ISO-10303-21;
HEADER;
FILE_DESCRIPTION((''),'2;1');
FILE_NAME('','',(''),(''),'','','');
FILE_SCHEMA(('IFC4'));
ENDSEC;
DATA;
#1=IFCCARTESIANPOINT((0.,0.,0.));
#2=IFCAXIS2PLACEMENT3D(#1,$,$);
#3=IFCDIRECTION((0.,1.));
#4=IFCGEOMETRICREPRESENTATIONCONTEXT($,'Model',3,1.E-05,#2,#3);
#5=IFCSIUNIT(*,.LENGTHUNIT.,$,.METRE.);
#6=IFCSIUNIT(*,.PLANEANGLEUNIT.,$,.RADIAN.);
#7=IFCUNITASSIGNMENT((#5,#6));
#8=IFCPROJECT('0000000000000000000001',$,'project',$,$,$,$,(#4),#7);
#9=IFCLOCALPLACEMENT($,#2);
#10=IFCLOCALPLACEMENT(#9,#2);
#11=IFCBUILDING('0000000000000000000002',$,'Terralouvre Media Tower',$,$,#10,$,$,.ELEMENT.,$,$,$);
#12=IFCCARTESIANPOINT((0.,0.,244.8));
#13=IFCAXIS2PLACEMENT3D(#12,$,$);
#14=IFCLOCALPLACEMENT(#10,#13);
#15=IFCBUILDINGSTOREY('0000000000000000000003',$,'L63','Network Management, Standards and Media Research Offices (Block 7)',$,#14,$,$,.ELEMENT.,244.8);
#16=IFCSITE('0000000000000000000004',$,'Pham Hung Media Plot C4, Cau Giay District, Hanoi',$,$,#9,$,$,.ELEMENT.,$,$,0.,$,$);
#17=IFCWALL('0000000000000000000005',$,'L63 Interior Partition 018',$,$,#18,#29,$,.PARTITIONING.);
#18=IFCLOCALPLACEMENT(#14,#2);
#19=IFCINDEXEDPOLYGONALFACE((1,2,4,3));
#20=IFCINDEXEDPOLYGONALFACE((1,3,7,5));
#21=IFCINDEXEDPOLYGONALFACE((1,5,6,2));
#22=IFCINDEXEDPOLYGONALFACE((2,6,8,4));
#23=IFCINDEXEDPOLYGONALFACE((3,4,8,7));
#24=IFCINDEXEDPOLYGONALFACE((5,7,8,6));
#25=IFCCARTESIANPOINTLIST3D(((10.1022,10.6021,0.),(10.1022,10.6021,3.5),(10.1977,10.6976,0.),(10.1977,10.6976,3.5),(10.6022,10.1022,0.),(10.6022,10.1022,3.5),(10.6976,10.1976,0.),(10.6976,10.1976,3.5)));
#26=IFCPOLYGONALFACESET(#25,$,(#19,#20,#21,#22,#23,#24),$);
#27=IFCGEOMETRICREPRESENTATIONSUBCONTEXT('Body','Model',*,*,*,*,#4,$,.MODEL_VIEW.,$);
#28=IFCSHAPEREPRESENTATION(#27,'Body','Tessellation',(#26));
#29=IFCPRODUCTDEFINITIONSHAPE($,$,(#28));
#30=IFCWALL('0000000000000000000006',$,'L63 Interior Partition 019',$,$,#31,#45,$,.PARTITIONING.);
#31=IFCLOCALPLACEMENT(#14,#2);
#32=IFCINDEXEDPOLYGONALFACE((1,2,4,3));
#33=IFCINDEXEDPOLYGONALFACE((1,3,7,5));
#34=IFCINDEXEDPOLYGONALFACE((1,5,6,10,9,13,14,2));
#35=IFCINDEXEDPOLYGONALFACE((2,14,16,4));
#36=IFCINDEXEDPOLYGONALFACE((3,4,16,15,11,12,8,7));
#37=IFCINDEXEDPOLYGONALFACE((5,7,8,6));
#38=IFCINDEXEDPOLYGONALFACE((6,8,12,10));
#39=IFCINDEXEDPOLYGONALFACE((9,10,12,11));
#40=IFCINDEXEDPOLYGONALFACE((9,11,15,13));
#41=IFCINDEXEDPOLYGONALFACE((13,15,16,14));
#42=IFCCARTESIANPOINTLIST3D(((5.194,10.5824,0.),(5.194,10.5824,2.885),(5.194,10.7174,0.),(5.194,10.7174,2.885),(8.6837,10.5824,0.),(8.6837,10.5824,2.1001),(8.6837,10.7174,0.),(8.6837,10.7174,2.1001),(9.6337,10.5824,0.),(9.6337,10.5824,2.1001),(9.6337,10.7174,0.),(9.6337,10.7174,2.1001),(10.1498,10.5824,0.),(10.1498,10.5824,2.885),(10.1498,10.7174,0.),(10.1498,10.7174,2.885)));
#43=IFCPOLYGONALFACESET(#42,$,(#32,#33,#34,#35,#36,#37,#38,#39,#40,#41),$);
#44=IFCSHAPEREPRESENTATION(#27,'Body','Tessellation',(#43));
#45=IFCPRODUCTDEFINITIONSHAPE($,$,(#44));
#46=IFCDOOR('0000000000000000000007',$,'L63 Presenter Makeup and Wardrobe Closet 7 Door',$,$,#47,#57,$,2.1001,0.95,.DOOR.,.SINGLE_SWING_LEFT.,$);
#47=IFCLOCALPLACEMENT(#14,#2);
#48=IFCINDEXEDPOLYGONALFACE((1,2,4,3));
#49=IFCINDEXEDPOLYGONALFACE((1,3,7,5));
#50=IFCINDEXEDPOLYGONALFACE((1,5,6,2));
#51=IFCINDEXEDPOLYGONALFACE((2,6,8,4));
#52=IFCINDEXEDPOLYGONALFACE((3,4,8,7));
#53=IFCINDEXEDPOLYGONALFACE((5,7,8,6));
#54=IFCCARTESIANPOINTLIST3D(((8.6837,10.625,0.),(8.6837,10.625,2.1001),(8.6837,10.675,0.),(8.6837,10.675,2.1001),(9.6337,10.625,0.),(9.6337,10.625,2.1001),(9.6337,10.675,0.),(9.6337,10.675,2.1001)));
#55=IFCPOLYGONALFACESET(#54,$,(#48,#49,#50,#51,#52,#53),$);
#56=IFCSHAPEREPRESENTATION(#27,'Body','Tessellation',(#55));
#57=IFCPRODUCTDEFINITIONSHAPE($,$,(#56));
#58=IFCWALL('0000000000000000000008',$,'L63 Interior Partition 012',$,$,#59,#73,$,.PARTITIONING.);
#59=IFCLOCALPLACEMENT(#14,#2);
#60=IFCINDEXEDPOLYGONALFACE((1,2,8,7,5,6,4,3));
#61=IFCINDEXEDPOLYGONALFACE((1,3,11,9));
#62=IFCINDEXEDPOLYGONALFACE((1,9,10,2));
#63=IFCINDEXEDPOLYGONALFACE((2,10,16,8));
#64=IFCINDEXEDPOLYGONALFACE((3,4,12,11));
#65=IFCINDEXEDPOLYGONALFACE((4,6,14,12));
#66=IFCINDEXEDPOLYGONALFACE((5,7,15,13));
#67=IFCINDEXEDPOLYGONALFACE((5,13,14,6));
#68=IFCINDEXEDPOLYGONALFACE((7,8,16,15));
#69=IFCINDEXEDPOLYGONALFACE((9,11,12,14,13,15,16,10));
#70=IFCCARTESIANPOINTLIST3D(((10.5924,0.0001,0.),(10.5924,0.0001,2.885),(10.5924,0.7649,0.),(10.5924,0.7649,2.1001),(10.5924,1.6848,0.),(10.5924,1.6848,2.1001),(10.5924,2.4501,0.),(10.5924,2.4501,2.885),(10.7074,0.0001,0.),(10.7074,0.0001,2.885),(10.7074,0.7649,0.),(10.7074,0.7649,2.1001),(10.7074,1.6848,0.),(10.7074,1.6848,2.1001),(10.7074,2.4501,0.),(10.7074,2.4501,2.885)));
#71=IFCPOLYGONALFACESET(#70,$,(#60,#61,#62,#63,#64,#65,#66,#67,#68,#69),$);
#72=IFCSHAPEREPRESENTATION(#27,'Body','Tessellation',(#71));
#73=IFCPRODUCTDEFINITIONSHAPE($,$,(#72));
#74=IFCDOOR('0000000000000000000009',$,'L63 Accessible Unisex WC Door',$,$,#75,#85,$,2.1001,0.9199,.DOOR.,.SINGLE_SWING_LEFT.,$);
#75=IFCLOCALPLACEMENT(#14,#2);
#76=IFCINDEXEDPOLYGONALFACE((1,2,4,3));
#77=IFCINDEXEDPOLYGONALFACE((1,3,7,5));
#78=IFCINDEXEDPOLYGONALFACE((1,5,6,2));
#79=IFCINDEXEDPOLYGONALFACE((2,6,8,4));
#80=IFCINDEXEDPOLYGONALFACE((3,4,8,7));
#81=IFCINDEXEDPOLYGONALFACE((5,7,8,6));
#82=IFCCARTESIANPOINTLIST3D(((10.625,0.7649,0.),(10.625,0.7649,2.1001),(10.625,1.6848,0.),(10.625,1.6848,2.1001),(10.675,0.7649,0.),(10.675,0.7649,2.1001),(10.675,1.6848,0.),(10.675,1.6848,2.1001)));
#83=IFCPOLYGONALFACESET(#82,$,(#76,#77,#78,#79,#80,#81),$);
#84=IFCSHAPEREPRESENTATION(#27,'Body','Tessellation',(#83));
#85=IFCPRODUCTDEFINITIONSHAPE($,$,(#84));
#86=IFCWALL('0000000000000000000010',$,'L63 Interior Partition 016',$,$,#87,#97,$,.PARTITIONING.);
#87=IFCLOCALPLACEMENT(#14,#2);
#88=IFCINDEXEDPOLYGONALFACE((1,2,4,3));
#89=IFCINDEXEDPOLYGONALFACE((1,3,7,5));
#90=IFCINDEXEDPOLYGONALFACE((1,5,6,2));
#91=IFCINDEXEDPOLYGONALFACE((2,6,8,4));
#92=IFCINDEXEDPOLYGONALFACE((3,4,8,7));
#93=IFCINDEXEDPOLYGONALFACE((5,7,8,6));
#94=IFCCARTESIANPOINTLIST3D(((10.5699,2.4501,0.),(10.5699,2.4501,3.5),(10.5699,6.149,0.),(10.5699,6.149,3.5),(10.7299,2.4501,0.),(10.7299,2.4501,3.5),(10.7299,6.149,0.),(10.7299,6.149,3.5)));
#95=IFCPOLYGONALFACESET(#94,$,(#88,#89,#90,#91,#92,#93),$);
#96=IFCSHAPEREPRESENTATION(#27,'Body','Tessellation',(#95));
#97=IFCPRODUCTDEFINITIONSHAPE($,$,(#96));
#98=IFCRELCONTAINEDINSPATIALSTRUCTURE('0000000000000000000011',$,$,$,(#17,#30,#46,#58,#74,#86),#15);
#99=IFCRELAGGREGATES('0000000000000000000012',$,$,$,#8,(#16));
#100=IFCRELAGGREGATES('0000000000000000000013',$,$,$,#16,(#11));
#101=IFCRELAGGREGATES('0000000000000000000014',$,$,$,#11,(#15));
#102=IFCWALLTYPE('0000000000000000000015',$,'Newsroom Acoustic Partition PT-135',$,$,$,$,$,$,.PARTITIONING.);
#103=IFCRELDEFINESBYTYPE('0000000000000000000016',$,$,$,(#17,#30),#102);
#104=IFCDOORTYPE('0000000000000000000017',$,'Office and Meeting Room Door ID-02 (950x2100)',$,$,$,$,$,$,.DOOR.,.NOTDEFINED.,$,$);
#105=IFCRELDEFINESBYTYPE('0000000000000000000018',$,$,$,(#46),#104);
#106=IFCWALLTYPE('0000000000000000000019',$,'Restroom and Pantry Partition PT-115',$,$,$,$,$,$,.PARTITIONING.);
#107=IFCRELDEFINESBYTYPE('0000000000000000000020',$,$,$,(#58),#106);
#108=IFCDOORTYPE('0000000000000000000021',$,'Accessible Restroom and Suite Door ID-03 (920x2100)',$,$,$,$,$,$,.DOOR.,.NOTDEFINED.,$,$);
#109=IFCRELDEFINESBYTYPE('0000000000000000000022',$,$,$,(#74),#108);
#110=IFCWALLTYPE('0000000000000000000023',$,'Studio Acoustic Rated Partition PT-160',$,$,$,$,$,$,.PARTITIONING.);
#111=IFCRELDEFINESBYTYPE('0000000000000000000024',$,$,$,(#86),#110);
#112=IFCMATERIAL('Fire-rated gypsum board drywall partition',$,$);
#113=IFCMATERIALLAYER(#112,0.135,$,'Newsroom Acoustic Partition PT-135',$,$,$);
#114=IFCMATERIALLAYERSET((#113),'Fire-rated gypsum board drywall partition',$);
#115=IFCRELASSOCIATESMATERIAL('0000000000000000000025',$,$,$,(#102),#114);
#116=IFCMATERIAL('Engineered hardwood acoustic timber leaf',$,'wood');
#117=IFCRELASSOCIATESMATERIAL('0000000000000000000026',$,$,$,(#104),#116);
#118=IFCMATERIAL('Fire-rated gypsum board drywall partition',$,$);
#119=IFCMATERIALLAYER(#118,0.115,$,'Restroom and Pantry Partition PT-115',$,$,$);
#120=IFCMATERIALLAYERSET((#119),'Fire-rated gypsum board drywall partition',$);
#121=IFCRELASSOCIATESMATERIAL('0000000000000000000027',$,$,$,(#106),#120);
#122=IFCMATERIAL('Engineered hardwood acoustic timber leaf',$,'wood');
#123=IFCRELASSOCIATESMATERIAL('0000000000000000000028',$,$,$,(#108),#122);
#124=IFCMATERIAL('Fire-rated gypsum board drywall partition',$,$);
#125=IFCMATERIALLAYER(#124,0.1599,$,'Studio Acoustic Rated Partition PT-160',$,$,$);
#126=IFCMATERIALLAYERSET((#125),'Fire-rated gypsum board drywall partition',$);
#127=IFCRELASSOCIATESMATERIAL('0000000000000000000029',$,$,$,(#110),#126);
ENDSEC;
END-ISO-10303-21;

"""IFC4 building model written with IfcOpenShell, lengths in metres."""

from ifc_helpers import new_model, si_unit, direction, frame, frame_2d, origin, place, context, subcontext, project, spatial, rectangle, extrude, material, layer, layer_set, type_object, element, fill, save


model = new_model("IFC4")

# Units and contexts
model_context = context("Model", 3, precision=1e-05, world=origin(), true_north=direction((0.0, 1.0)))
body_context = subcontext(model_context, "Body", "Model", "MODEL_VIEW")
ifc_project = project(units=[si_unit("LENGTHUNIT", "METRE"), si_unit("PLANEANGLEUNIT", "RADIAN")], contexts=[model_context])

# Site, building, storey
site_placement = place(None, origin())
site = spatial("IfcSite", under=ifc_project, at=site_placement, Name="Pham Hung Media Plot C4, Cau Giay District, Hanoi", CompositionType="ELEMENT", RefElevation=0.0)
building_placement = place(site_placement, origin())
building = spatial("IfcBuilding", under=site, at=building_placement, Name="Terralouvre Media Tower", CompositionType="ELEMENT")
storey_placement = place(building_placement, frame((0.0, 0.0, 244.8)))
storey = spatial("IfcBuildingStorey", under=building, at=storey_placement, Name="L63", Description="Network Management, Standards and Media Research Offices (Block 7)", CompositionType="ELEMENT", Elevation=244.8)

# Wall
ifc_material_1 = material(Name="Fire-rated gypsum board drywall partition")
ifc_layer_1 = layer(ifc_material_1, 0.135, Name="Newsroom Acoustic Partition PT-135")
ifc_layer_set_1 = layer_set([ifc_layer_1], Name="Fire-rated gypsum board drywall partition")
wall_type_1 = type_object("IfcWallType", Name="Newsroom Acoustic Partition PT-135", PredefinedType="PARTITIONING", material=ifc_layer_set_1)
wall_1_placement = place(storey_placement, frame((10.6499, 10.1499, 0.0), z_axis=(0.0, 0.0, 1.0), x_axis=(-0.707107, 0.707107, 0.0)))
element("IfcWall", 1, at=wall_1_placement, inside=storey, type_object=wall_type_1, Name="L63 Interior Partition 018", PredefinedType="PARTITIONING", context=body_context, shape_type="SweptSolid", body=[
    extrude(rectangle(XDim=0.707, YDim=0.135, at=frame_2d((0.3535, 0.0))), origin(), (0.0, 0.0, 1.0), 3.5),
])

# Walls, openings, doors
wall_2_placement = place(storey_placement, frame((10.1499, 10.6499, 0.0), z_axis=(0.0, 0.0, 1.0), x_axis=(-1.0, 0.0, 0.0)))
wall_2 = element("IfcWall", 2, at=wall_2_placement, inside=storey, type_object=wall_type_1, Name="L63 Interior Partition 019", PredefinedType="PARTITIONING", context=body_context, shape_type="SweptSolid", body=[
    extrude(rectangle(XDim=4.9558, YDim=0.135, at=frame_2d((2.478, 0.0))), origin(), (0.0, 0.0, 1.0), 2.885),
])
opening_1_placement = place(wall_2_placement, frame((0.5161, 0.0, 0.0)))
opening_1 = element("IfcOpeningElement", 3, at=opening_1_placement, cuts=wall_2, PredefinedType="OPENING", context=body_context, shape_type="SweptSolid", body=[
    extrude(rectangle(XDim=0.95, YDim=2.1001, at=frame_2d((0.4751, 1.05))), frame((0.0, 0.0774, 0.0), z_axis=(0.0, -1.0, 0.0), x_axis=(1.0, 0.0, 0.0)), (0.0, 0.0, 1.0), 0.155),
])
ifc_material_2 = material(Name="Engineered hardwood acoustic timber leaf", Category="wood")
door_type_1 = type_object("IfcDoorType", Name="Office and Meeting Room Door ID-02 (950x2100)", OperationType="NOTDEFINED", PredefinedType="DOOR", material=ifc_material_2)
door_1_placement = place(opening_1_placement, origin())
door_1 = element("IfcDoor", 4, at=door_1_placement, inside=storey, type_object=door_type_1, Name="L63 Presenter Makeup and Wardrobe Closet 7 Door", OperationType="SINGLE_SWING_LEFT", OverallHeight=2.1001, OverallWidth=0.95, PredefinedType="DOOR", context=body_context, shape_type="SweptSolid", body=[
    extrude(rectangle(XDim=0.95, YDim=2.1001, at=frame_2d((0.4751, 1.05))), frame((0.0, 0.0249, 0.0), z_axis=(0.0, -1.0, 0.0), x_axis=(1.0, 0.0, 0.0)), (0.0, 0.0, 1.0), 0.05),
])
fill(opening_1, door_1)
ifc_material_3 = material(Name="Fire-rated gypsum board drywall partition")
ifc_layer_2 = layer(ifc_material_3, 0.115, Name="Restroom and Pantry Partition PT-115")
ifc_layer_set_2 = layer_set([ifc_layer_2], Name="Fire-rated gypsum board drywall partition")
wall_type_2 = type_object("IfcWallType", Name="Restroom and Pantry Partition PT-115", PredefinedType="PARTITIONING", material=ifc_layer_set_2)
wall_3_placement = place(storey_placement, frame((10.6499, 0.0, 0.0), z_axis=(0.0, 0.0, 1.0), x_axis=(0.0, 1.0, 0.0)))
wall_3 = element("IfcWall", 5, at=wall_3_placement, inside=storey, type_object=wall_type_2, Name="L63 Interior Partition 012", PredefinedType="PARTITIONING", context=body_context, shape_type="SweptSolid", body=[
    extrude(rectangle(XDim=2.45, YDim=0.115, at=frame_2d((1.2251, 0.0))), origin(), (0.0, 0.0, 1.0), 2.885),
])
opening_2_placement = place(wall_3_placement, frame((0.7649, 0.0, 0.0)))
opening_2 = element("IfcOpeningElement", 6, at=opening_2_placement, cuts=wall_3, PredefinedType="OPENING", context=body_context, shape_type="SweptSolid", body=[
    extrude(rectangle(XDim=0.9199, YDim=2.1001, at=frame_2d((0.46, 1.05))), frame((0.0, 0.0674, 0.0), z_axis=(0.0, -1.0, 0.0), x_axis=(1.0, 0.0, 0.0)), (0.0, 0.0, 1.0), 0.135),
])
ifc_material_4 = material(Name="Engineered hardwood acoustic timber leaf", Category="wood")
door_type_2 = type_object("IfcDoorType", Name="Accessible Restroom and Suite Door ID-03 (920x2100)", OperationType="NOTDEFINED", PredefinedType="DOOR", material=ifc_material_4)
door_2_placement = place(opening_2_placement, origin())
door_2 = element("IfcDoor", 7, at=door_2_placement, inside=storey, type_object=door_type_2, Name="L63 Accessible Unisex WC Door", OperationType="SINGLE_SWING_LEFT", OverallHeight=2.1001, OverallWidth=0.9199, PredefinedType="DOOR", context=body_context, shape_type="SweptSolid", body=[
    extrude(rectangle(XDim=0.9199, YDim=2.1001, at=frame_2d((0.46, 1.05))), frame((0.0, 0.0249, 0.0), z_axis=(0.0, -1.0, 0.0), x_axis=(1.0, 0.0, 0.0)), (0.0, 0.0, 1.0), 0.05),
])
fill(opening_2, door_2)

# Wall
ifc_material_5 = material(Name="Fire-rated gypsum board drywall partition")
ifc_layer_3 = layer(ifc_material_5, 0.1599, Name="Studio Acoustic Rated Partition PT-160")
ifc_layer_set_3 = layer_set([ifc_layer_3], Name="Fire-rated gypsum board drywall partition")
wall_type_3 = type_object("IfcWallType", Name="Studio Acoustic Rated Partition PT-160", PredefinedType="PARTITIONING", material=ifc_layer_set_3)
wall_4_placement = place(storey_placement, frame((10.6499, 2.45, 0.0), z_axis=(0.0, 0.0, 1.0), x_axis=(0.0, 1.0, 0.0)))
element("IfcWall", 8, at=wall_4_placement, inside=storey, type_object=wall_type_3, Name="L63 Interior Partition 016", PredefinedType="PARTITIONING", context=body_context, shape_type="SweptSolid", body=[
    extrude(rectangle(XDim=3.699, YDim=0.1599, at=frame_2d((1.8496, 0.0))), origin(), (0.0, 0.0, 1.0), 3.5),
])

save(model, "model.ifc")
